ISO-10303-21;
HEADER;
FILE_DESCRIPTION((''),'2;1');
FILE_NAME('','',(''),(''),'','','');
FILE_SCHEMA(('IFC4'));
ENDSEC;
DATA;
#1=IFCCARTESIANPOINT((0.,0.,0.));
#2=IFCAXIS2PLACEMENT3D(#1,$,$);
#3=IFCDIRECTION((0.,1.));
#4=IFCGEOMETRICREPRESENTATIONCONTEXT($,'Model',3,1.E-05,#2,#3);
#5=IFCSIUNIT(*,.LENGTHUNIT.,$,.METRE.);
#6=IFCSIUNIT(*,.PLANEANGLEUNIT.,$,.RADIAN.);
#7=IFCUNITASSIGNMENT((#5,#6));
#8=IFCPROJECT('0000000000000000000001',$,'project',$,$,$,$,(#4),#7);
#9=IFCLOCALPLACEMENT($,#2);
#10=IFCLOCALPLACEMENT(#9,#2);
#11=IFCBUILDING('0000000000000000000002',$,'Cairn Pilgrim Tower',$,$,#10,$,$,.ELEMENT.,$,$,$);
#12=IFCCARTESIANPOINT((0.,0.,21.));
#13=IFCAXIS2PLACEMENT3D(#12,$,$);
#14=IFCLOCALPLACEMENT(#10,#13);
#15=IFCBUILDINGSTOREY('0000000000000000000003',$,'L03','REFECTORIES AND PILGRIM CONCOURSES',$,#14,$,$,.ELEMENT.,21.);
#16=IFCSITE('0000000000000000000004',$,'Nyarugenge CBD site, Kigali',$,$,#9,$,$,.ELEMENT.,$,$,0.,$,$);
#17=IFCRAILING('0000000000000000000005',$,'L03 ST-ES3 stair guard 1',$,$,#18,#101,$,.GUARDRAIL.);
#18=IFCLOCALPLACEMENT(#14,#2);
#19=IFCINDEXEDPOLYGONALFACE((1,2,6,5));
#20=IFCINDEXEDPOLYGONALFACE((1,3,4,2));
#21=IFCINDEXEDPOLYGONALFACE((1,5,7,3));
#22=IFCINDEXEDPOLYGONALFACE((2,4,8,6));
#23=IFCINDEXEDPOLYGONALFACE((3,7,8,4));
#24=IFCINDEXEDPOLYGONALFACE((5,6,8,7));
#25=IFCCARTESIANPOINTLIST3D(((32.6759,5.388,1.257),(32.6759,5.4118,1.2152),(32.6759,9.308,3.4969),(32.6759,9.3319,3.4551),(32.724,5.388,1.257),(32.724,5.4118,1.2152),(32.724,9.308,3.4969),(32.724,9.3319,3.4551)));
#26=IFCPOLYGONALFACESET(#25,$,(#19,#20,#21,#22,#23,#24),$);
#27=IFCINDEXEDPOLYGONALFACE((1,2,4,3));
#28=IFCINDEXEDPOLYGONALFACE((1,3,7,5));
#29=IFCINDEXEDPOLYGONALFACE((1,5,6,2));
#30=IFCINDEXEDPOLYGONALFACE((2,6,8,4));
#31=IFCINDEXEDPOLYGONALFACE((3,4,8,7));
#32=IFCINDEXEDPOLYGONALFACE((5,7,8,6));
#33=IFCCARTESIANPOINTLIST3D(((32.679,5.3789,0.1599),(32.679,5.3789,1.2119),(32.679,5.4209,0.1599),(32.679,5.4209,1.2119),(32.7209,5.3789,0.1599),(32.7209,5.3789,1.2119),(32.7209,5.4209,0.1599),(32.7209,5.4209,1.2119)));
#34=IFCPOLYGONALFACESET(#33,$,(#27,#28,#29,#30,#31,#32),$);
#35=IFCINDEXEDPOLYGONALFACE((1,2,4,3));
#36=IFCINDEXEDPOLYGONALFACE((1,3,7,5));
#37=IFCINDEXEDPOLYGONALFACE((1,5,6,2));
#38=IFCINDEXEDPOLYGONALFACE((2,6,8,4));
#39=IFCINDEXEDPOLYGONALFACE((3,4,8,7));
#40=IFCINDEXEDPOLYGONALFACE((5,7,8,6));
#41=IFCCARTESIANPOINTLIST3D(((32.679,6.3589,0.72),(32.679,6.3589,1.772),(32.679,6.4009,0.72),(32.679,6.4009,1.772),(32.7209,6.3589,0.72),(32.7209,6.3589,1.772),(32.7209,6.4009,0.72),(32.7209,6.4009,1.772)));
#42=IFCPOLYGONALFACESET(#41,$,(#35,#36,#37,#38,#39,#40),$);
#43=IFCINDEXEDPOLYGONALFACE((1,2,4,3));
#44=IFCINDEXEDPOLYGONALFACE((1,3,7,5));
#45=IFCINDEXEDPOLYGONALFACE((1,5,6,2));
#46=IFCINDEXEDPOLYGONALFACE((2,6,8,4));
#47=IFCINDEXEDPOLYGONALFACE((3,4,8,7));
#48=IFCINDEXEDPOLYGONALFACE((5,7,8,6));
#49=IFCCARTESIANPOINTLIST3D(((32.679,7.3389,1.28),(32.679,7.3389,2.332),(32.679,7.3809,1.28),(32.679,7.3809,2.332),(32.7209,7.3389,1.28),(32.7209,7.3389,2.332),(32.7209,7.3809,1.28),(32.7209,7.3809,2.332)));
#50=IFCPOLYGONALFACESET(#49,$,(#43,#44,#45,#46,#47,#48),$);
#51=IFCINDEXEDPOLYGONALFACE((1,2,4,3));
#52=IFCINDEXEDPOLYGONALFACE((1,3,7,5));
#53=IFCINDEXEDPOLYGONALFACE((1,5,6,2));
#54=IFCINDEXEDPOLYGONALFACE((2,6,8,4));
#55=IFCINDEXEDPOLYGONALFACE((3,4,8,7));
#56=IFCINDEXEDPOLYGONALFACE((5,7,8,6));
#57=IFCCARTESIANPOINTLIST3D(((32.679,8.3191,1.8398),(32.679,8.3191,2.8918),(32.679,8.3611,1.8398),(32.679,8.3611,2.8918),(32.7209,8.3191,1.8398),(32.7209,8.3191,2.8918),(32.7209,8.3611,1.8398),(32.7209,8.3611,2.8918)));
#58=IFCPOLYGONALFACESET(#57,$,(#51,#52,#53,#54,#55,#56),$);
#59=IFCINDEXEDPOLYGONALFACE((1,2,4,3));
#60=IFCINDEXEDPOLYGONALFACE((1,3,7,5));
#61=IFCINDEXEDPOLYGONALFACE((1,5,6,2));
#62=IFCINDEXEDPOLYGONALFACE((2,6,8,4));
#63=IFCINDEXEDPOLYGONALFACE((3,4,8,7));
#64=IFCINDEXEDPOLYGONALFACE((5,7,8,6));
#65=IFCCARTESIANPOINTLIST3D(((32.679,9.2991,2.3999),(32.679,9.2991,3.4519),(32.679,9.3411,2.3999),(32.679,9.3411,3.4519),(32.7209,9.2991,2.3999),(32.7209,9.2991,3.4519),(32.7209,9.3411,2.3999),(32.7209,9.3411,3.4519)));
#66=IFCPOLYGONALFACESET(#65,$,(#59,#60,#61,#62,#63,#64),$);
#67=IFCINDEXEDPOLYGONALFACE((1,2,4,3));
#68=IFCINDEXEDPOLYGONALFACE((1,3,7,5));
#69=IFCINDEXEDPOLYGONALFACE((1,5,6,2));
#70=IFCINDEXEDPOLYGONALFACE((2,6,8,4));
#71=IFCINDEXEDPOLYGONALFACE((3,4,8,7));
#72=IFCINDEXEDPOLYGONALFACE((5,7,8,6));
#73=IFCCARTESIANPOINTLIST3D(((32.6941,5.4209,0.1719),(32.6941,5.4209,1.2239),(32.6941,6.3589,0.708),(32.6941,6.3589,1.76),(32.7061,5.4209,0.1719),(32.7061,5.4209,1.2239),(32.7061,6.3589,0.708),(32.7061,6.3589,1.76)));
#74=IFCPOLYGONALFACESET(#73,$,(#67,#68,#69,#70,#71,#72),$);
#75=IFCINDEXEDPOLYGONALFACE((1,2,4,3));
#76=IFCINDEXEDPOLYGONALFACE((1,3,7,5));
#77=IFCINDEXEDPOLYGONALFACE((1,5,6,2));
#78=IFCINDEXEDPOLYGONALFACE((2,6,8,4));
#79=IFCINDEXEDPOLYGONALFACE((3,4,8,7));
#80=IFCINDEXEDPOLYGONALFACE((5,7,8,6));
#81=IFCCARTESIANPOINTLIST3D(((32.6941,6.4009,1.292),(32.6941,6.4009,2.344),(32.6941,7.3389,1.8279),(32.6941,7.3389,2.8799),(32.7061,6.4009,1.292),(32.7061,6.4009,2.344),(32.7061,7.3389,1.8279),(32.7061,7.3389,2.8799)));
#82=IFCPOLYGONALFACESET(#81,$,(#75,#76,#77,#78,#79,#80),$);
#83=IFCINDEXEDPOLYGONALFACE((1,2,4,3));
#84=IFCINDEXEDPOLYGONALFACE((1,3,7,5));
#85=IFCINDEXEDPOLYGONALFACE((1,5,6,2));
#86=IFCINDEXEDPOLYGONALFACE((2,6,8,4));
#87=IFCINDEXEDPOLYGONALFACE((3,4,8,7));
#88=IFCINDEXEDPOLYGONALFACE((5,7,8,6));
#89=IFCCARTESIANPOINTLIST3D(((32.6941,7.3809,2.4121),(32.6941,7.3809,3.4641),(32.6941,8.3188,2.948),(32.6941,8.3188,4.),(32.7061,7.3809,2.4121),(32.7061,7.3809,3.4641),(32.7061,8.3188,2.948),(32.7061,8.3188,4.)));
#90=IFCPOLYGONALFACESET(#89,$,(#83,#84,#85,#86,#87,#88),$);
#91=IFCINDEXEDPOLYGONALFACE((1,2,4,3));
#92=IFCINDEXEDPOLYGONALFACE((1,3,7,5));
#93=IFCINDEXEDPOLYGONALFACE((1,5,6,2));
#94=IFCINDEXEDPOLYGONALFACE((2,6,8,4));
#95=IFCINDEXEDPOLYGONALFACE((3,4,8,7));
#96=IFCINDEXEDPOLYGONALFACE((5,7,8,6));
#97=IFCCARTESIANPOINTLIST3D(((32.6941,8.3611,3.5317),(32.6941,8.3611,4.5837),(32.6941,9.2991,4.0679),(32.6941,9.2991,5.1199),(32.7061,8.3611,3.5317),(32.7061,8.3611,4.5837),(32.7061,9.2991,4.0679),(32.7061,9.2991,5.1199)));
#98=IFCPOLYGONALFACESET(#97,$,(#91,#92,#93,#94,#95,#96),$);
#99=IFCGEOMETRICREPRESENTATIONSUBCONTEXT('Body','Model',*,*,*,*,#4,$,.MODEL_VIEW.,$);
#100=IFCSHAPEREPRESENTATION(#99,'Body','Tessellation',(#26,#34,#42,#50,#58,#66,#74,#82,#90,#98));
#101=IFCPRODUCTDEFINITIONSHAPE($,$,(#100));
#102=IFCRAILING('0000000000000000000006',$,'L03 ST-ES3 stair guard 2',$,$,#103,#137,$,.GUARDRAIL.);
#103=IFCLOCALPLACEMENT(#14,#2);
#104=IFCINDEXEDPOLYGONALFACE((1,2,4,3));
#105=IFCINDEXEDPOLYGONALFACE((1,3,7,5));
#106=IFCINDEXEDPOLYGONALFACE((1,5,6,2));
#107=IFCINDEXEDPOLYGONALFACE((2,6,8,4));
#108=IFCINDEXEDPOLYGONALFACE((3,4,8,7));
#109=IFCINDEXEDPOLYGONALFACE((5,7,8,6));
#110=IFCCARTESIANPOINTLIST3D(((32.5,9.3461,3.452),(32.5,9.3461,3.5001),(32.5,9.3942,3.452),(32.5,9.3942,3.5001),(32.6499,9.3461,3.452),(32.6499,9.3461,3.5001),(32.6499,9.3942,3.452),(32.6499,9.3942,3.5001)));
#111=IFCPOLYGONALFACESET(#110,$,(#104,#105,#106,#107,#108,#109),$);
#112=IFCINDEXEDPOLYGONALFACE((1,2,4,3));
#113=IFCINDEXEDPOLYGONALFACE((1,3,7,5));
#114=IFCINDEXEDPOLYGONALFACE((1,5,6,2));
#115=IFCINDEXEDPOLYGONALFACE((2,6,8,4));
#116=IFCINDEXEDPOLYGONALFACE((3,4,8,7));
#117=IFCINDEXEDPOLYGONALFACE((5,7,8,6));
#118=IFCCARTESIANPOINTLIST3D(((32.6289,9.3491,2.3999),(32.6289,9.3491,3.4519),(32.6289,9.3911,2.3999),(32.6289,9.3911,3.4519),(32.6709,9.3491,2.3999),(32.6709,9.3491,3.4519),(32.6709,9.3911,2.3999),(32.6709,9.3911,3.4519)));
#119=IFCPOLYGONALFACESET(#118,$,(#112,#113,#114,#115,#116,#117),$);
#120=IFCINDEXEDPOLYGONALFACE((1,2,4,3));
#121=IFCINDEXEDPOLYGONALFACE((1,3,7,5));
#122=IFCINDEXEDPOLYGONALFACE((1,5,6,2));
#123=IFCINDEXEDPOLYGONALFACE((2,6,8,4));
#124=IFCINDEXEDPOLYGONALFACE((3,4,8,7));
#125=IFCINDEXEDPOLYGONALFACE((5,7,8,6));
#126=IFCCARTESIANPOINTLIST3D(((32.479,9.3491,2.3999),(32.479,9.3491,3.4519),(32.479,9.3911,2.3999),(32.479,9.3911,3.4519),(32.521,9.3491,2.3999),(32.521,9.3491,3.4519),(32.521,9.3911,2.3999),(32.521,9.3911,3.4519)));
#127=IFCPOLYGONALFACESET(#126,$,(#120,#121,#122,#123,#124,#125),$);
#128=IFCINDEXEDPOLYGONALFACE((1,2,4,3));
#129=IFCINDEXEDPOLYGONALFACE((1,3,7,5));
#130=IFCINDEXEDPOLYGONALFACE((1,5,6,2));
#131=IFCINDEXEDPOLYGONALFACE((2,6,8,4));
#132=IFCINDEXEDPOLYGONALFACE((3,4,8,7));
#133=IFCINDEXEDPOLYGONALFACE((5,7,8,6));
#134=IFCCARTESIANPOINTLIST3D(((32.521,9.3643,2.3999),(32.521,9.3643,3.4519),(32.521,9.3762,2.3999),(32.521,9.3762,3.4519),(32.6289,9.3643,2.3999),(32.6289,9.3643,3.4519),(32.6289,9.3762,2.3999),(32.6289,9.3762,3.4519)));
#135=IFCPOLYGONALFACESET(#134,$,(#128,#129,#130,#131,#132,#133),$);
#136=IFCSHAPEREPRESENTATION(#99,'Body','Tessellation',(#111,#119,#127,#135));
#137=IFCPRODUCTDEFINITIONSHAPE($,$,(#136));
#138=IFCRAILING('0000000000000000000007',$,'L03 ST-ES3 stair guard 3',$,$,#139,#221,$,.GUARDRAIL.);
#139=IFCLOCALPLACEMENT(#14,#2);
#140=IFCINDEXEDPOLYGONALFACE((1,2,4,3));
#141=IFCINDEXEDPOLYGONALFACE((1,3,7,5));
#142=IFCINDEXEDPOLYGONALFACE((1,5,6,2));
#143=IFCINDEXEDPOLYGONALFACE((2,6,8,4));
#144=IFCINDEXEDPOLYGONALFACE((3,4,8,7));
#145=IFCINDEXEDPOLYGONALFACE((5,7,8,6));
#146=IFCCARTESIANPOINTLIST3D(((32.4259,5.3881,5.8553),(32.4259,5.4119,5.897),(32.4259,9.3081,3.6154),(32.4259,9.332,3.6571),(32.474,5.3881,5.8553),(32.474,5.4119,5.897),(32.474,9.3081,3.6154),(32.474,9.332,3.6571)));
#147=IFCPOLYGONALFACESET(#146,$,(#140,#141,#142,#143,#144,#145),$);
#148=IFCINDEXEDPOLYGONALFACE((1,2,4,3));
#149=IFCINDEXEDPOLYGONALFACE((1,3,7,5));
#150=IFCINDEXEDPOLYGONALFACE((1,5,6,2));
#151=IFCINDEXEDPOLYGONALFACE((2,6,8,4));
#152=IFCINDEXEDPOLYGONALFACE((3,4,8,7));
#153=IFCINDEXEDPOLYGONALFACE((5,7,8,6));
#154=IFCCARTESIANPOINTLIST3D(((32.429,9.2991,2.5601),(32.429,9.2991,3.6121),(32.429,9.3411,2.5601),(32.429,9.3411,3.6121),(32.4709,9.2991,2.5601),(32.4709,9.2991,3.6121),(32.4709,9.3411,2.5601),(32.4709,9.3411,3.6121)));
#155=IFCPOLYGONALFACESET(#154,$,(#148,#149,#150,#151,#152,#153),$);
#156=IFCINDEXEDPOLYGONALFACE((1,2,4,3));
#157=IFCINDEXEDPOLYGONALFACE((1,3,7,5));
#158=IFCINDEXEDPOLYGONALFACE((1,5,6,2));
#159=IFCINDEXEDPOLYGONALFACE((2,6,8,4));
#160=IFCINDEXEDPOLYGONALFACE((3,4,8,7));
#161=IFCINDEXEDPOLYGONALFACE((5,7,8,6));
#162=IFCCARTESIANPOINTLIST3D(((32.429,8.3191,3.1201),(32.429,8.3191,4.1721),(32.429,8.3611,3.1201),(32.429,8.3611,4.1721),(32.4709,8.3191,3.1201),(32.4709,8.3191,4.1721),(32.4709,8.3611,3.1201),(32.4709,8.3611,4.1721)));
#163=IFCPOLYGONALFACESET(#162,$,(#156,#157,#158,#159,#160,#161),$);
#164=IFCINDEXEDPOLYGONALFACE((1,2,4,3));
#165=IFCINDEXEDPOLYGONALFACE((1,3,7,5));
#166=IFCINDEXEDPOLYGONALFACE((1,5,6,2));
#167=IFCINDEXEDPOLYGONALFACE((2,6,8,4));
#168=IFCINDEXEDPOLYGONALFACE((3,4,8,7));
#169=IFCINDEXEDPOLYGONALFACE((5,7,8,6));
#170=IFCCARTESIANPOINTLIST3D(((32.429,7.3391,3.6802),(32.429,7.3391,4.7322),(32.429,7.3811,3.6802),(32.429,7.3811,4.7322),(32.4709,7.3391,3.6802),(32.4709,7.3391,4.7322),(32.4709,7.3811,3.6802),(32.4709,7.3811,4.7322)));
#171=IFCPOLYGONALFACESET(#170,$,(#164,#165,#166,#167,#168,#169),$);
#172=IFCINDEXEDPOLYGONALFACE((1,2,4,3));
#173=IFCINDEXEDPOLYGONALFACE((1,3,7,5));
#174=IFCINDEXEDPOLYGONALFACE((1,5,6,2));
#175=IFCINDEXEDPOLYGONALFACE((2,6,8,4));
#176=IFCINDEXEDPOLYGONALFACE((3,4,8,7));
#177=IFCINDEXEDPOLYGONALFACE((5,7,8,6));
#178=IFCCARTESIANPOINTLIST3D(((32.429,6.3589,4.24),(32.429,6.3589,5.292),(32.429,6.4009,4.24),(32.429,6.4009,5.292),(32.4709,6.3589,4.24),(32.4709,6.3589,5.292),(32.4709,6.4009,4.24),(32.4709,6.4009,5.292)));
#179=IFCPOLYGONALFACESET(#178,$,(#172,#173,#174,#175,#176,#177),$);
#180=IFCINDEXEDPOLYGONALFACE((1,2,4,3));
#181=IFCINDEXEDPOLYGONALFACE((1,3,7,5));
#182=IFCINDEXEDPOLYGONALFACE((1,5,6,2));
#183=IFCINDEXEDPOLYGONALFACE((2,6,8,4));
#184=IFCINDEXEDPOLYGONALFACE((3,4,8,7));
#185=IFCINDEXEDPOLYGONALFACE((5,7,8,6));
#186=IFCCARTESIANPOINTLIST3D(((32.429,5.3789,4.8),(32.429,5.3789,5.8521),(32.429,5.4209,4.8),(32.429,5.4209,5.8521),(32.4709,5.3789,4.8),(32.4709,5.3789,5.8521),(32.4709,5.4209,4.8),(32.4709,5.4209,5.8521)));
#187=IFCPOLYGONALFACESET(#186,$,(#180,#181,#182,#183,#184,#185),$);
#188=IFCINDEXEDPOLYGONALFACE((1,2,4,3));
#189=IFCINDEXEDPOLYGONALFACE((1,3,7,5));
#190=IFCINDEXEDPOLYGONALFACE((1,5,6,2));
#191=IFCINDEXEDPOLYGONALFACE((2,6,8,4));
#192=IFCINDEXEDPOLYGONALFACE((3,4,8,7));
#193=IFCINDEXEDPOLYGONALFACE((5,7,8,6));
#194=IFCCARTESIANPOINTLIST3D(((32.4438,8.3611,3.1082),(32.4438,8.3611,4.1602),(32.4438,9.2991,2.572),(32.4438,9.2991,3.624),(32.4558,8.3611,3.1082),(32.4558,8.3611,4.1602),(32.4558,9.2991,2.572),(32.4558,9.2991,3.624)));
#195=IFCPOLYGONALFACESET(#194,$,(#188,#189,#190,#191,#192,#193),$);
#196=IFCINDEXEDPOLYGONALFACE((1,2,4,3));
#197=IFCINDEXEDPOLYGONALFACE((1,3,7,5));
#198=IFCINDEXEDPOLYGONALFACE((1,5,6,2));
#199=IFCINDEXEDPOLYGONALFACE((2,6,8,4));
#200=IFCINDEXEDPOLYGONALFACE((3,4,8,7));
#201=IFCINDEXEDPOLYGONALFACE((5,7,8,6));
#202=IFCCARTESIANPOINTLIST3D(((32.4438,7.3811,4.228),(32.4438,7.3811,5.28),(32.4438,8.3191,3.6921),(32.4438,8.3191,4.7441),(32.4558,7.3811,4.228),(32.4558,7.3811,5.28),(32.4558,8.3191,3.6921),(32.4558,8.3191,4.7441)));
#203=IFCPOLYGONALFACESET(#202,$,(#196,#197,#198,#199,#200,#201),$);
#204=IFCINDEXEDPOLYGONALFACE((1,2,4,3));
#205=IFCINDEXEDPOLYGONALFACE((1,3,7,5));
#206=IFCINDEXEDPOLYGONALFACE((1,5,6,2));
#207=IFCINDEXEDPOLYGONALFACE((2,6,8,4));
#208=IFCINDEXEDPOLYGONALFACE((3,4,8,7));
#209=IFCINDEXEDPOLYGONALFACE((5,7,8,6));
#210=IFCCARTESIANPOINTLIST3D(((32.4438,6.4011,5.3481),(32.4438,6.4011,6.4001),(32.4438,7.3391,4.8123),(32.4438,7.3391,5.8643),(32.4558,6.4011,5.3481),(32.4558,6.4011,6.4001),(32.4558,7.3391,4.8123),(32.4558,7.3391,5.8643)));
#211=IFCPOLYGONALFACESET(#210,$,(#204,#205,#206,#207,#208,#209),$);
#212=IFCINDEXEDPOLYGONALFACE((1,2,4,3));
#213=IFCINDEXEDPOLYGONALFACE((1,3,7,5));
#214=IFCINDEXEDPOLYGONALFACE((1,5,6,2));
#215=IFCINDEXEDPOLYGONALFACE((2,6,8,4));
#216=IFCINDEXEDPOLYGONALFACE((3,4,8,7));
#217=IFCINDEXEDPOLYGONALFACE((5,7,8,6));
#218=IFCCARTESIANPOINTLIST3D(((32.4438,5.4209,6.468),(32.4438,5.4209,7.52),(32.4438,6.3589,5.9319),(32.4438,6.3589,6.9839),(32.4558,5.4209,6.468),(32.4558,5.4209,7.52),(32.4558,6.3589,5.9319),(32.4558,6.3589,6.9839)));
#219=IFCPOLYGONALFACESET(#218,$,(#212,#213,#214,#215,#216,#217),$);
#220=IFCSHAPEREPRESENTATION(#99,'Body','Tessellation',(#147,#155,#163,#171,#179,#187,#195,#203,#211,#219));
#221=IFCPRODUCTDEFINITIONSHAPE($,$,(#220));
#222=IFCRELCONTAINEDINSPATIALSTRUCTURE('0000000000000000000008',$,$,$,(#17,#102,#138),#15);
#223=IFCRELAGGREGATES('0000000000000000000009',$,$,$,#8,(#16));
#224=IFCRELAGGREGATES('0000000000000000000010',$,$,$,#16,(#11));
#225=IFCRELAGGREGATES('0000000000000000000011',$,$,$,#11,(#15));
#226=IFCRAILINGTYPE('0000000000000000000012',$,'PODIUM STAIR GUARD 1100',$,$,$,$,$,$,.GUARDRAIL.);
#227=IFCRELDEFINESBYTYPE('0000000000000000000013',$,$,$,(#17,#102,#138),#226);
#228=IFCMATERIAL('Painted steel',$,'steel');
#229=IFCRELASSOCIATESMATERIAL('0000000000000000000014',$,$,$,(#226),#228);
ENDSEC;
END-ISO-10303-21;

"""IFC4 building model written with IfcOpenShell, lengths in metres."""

from ifc_helpers import new_model, si_unit, direction, frame, origin, origin_2d, place, context, subcontext, project, spatial, polyline, rectangle, outline, extrude, material, type_object, element, save


model = new_model("IFC4")

# Units and contexts
model_context = context("Model", 3, precision=1e-05, world=origin(), true_north=direction((0.0, 1.0)))
body_context = subcontext(model_context, "Body", "Model", "MODEL_VIEW")
ifc_project = project(units=[si_unit("LENGTHUNIT", "METRE"), si_unit("PLANEANGLEUNIT", "RADIAN")], contexts=[model_context])

# Site, building, storey
site_placement = place(None, origin())
site = spatial("IfcSite", under=ifc_project, at=site_placement, Name="Nyarugenge CBD site, Kigali", CompositionType="ELEMENT", RefElevation=0.0)
building_placement = place(site_placement, origin())
building = spatial("IfcBuilding", under=site, at=building_placement, Name="Cairn Pilgrim Tower", CompositionType="ELEMENT")
storey_placement = place(building_placement, frame((0.0, 0.0, 21.0)))
storey = spatial("IfcBuildingStorey", under=building, at=storey_placement, Name="L03", Description="REFECTORIES AND PILGRIM CONCOURSES", CompositionType="ELEMENT", Elevation=21.0)

# Railings
ifc_material_1 = material(Name="Painted steel", Category="steel")
railing_type_1 = type_object("IfcRailingType", Name="PODIUM STAIR GUARD 1100", PredefinedType="GUARDRAIL", material=ifc_material_1)
railing_1_placement = place(storey_placement, frame((32.7, 5.3999, 0.1599)))
element("IfcRailing", 1, at=railing_1_placement, inside=storey, type_object=railing_type_1, Name="L03 ST-ES3 stair guard 1", PredefinedType="GUARDRAIL", context=body_context, shape_type="SweptSolid", body=[
    extrude(rectangle(XDim=0.0481, YDim=0.0481, at=origin_2d()), frame((0.0, 0.0, 1.0762), z_axis=(0.0, 0.868253, 0.496121), x_axis=(-1.0, 0.0, 0.0)), (0.0, 0.0, 1.0), 4.5149),
    extrude(rectangle(XDim=0.042, YDim=0.042, at=origin_2d()), origin(), (0.0, 0.0, 1.0), 1.052),
    extrude(rectangle(XDim=0.042, YDim=0.042, at=origin_2d()), frame((0.0, 0.98, 0.5601)), (0.0, 0.0, 1.0), 1.052),
    extrude(rectangle(XDim=0.042, YDim=0.042, at=origin_2d()), frame((0.0, 1.96, 1.1201)), (0.0, 0.0, 1.0), 1.052),
    extrude(rectangle(XDim=0.042, YDim=0.042, at=origin_2d()), frame((0.0, 2.9402, 1.6799)), (0.0, 0.0, 1.0), 1.052),
    extrude(rectangle(XDim=0.042, YDim=0.042, at=origin_2d()), frame((0.0, 3.9202, 2.24)), (0.0, 0.0, 1.0), 1.052),
    extrude(outline(polyline([(0.021, 0.012), (0.959, 0.5481), (0.959, 1.6001), (0.021, 1.064), (0.021, 0.012)])), frame((-0.0059, 0.0, 0.0), z_axis=(1.0, 0.0, 0.0), x_axis=(0.0, 1.0, 0.0)), (0.0, 0.0, 1.0), 0.012),
    extrude(outline(polyline([(0.021, 0.572), (0.959, 1.1079), (0.959, 2.1599), (0.021, 1.624), (0.021, 0.572)])), frame((-0.0059, 0.98, 0.5601), z_axis=(1.0, 0.0, 0.0), x_axis=(0.0, 1.0, 0.0)), (0.0, 0.0, 1.0), 0.012),
    extrude(outline(polyline([(0.021, 1.1321), (0.959, 1.668), (0.959, 2.72), (0.021, 2.1841), (0.021, 1.1321)])), frame((-0.0059, 1.96, 1.1201), z_axis=(1.0, 0.0, 0.0), x_axis=(0.0, 1.0, 0.0)), (0.0, 0.0, 1.0), 0.012),
    extrude(outline(polyline([(0.021, 1.6919), (0.959, 2.228), (0.959, 3.28), (0.021, 2.7439), (0.021, 1.6919)])), frame((-0.0059, 2.9402, 1.6799), z_axis=(1.0, 0.0, 0.0), x_axis=(0.0, 1.0, 0.0)), (0.0, 0.0, 1.0), 0.012),
])
railing_2_placement = place(storey_placement, frame((32.6499, 9.3701, 2.3999)))
element("IfcRailing", 2, at=railing_2_placement, inside=storey, type_object=railing_type_1, Name="L03 ST-ES3 stair guard 2", PredefinedType="GUARDRAIL", context=body_context, shape_type="SweptSolid", body=[
    extrude(rectangle(XDim=0.0481, YDim=0.0481, at=origin_2d()), frame((0.0, 0.0, 1.0762), z_axis=(-1.0, 0.0, 0.0), x_axis=(0.0, -1.0, 0.0)), (0.0, 0.0, 1.0), 0.1499),
    extrude(rectangle(XDim=0.042, YDim=0.042, at=origin_2d()), origin(), (0.0, 0.0, 1.0), 1.052),
    extrude(rectangle(XDim=0.042, YDim=0.042, at=origin_2d()), frame((-0.1499, 0.0, 0.0)), (0.0, 0.0, 1.0), 1.052),
    extrude(outline(polyline([(0.021, 0.0), (0.1289, 0.0), (0.1289, 1.052), (0.021, 1.052), (0.021, 0.0)])), frame((0.0, -0.0059, 0.0), z_axis=(0.0, 1.0, 0.0), x_axis=(-1.0, 0.0, 0.0)), (0.0, 0.0, 1.0), 0.012),
])
railing_3_placement = place(storey_placement, frame((32.45, 9.3201, 2.5601)))
element("IfcRailing", 3, at=railing_3_placement, inside=storey, type_object=railing_type_1, Name="L03 ST-ES3 stair guard 3", PredefinedType="GUARDRAIL", context=body_context, shape_type="SweptSolid", body=[
    extrude(rectangle(XDim=0.0481, YDim=0.0481, at=origin_2d()), frame((0.0, 0.0, 1.0762), z_axis=(0.0, -0.868253, 0.496121), x_axis=(1.0, 0.0, 0.0)), (0.0, 0.0, 1.0), 4.5149),
    extrude(rectangle(XDim=0.042, YDim=0.042, at=origin_2d()), origin(), (0.0, 0.0, 1.0), 1.052),
    extrude(rectangle(XDim=0.042, YDim=0.042, at=origin_2d()), frame((0.0, -0.98, 0.5601)), (0.0, 0.0, 1.0), 1.052),
    extrude(rectangle(XDim=0.042, YDim=0.042, at=origin_2d()), frame((0.0, -1.96, 1.1201)), (0.0, 0.0, 1.0), 1.052),
    extrude(rectangle(XDim=0.042, YDim=0.042, at=origin_2d()), frame((0.0, -2.9402, 1.6799)), (0.0, 0.0, 1.0), 1.052),
    extrude(rectangle(XDim=0.042, YDim=0.042, at=origin_2d()), frame((0.0, -3.9202, 2.24)), (0.0, 0.0, 1.0), 1.052),
    extrude(outline(polyline([(0.021, 0.012), (0.959, 0.5481), (0.959, 1.6001), (0.021, 1.064), (0.021, 0.012)])), frame((0.0059, 0.0, 0.0), z_axis=(-1.0, 0.0, 0.0), x_axis=(0.0, -1.0, 0.0)), (0.0, 0.0, 1.0), 0.012),
    extrude(outline(polyline([(0.021, 0.572), (0.959, 1.1079), (0.959, 2.1599), (0.021, 1.624), (0.021, 0.572)])), frame((0.0059, -0.98, 0.5601), z_axis=(-1.0, 0.0, 0.0), x_axis=(0.0, -1.0, 0.0)), (0.0, 0.0, 1.0), 0.012),
    extrude(outline(polyline([(0.021, 1.1321), (0.959, 1.668), (0.959, 2.72), (0.021, 2.1841), (0.021, 1.1321)])), frame((0.0059, -1.96, 1.1201), z_axis=(-1.0, 0.0, 0.0), x_axis=(0.0, -1.0, 0.0)), (0.0, 0.0, 1.0), 0.012),
    extrude(outline(polyline([(0.021, 1.6919), (0.959, 2.228), (0.959, 3.28), (0.021, 2.7439), (0.021, 1.6919)])), frame((0.0059, -2.9402, 1.6799), z_axis=(-1.0, 0.0, 0.0), x_axis=(0.0, -1.0, 0.0)), (0.0, 0.0, 1.0), 0.012),
])

save(model, "model.ifc")
